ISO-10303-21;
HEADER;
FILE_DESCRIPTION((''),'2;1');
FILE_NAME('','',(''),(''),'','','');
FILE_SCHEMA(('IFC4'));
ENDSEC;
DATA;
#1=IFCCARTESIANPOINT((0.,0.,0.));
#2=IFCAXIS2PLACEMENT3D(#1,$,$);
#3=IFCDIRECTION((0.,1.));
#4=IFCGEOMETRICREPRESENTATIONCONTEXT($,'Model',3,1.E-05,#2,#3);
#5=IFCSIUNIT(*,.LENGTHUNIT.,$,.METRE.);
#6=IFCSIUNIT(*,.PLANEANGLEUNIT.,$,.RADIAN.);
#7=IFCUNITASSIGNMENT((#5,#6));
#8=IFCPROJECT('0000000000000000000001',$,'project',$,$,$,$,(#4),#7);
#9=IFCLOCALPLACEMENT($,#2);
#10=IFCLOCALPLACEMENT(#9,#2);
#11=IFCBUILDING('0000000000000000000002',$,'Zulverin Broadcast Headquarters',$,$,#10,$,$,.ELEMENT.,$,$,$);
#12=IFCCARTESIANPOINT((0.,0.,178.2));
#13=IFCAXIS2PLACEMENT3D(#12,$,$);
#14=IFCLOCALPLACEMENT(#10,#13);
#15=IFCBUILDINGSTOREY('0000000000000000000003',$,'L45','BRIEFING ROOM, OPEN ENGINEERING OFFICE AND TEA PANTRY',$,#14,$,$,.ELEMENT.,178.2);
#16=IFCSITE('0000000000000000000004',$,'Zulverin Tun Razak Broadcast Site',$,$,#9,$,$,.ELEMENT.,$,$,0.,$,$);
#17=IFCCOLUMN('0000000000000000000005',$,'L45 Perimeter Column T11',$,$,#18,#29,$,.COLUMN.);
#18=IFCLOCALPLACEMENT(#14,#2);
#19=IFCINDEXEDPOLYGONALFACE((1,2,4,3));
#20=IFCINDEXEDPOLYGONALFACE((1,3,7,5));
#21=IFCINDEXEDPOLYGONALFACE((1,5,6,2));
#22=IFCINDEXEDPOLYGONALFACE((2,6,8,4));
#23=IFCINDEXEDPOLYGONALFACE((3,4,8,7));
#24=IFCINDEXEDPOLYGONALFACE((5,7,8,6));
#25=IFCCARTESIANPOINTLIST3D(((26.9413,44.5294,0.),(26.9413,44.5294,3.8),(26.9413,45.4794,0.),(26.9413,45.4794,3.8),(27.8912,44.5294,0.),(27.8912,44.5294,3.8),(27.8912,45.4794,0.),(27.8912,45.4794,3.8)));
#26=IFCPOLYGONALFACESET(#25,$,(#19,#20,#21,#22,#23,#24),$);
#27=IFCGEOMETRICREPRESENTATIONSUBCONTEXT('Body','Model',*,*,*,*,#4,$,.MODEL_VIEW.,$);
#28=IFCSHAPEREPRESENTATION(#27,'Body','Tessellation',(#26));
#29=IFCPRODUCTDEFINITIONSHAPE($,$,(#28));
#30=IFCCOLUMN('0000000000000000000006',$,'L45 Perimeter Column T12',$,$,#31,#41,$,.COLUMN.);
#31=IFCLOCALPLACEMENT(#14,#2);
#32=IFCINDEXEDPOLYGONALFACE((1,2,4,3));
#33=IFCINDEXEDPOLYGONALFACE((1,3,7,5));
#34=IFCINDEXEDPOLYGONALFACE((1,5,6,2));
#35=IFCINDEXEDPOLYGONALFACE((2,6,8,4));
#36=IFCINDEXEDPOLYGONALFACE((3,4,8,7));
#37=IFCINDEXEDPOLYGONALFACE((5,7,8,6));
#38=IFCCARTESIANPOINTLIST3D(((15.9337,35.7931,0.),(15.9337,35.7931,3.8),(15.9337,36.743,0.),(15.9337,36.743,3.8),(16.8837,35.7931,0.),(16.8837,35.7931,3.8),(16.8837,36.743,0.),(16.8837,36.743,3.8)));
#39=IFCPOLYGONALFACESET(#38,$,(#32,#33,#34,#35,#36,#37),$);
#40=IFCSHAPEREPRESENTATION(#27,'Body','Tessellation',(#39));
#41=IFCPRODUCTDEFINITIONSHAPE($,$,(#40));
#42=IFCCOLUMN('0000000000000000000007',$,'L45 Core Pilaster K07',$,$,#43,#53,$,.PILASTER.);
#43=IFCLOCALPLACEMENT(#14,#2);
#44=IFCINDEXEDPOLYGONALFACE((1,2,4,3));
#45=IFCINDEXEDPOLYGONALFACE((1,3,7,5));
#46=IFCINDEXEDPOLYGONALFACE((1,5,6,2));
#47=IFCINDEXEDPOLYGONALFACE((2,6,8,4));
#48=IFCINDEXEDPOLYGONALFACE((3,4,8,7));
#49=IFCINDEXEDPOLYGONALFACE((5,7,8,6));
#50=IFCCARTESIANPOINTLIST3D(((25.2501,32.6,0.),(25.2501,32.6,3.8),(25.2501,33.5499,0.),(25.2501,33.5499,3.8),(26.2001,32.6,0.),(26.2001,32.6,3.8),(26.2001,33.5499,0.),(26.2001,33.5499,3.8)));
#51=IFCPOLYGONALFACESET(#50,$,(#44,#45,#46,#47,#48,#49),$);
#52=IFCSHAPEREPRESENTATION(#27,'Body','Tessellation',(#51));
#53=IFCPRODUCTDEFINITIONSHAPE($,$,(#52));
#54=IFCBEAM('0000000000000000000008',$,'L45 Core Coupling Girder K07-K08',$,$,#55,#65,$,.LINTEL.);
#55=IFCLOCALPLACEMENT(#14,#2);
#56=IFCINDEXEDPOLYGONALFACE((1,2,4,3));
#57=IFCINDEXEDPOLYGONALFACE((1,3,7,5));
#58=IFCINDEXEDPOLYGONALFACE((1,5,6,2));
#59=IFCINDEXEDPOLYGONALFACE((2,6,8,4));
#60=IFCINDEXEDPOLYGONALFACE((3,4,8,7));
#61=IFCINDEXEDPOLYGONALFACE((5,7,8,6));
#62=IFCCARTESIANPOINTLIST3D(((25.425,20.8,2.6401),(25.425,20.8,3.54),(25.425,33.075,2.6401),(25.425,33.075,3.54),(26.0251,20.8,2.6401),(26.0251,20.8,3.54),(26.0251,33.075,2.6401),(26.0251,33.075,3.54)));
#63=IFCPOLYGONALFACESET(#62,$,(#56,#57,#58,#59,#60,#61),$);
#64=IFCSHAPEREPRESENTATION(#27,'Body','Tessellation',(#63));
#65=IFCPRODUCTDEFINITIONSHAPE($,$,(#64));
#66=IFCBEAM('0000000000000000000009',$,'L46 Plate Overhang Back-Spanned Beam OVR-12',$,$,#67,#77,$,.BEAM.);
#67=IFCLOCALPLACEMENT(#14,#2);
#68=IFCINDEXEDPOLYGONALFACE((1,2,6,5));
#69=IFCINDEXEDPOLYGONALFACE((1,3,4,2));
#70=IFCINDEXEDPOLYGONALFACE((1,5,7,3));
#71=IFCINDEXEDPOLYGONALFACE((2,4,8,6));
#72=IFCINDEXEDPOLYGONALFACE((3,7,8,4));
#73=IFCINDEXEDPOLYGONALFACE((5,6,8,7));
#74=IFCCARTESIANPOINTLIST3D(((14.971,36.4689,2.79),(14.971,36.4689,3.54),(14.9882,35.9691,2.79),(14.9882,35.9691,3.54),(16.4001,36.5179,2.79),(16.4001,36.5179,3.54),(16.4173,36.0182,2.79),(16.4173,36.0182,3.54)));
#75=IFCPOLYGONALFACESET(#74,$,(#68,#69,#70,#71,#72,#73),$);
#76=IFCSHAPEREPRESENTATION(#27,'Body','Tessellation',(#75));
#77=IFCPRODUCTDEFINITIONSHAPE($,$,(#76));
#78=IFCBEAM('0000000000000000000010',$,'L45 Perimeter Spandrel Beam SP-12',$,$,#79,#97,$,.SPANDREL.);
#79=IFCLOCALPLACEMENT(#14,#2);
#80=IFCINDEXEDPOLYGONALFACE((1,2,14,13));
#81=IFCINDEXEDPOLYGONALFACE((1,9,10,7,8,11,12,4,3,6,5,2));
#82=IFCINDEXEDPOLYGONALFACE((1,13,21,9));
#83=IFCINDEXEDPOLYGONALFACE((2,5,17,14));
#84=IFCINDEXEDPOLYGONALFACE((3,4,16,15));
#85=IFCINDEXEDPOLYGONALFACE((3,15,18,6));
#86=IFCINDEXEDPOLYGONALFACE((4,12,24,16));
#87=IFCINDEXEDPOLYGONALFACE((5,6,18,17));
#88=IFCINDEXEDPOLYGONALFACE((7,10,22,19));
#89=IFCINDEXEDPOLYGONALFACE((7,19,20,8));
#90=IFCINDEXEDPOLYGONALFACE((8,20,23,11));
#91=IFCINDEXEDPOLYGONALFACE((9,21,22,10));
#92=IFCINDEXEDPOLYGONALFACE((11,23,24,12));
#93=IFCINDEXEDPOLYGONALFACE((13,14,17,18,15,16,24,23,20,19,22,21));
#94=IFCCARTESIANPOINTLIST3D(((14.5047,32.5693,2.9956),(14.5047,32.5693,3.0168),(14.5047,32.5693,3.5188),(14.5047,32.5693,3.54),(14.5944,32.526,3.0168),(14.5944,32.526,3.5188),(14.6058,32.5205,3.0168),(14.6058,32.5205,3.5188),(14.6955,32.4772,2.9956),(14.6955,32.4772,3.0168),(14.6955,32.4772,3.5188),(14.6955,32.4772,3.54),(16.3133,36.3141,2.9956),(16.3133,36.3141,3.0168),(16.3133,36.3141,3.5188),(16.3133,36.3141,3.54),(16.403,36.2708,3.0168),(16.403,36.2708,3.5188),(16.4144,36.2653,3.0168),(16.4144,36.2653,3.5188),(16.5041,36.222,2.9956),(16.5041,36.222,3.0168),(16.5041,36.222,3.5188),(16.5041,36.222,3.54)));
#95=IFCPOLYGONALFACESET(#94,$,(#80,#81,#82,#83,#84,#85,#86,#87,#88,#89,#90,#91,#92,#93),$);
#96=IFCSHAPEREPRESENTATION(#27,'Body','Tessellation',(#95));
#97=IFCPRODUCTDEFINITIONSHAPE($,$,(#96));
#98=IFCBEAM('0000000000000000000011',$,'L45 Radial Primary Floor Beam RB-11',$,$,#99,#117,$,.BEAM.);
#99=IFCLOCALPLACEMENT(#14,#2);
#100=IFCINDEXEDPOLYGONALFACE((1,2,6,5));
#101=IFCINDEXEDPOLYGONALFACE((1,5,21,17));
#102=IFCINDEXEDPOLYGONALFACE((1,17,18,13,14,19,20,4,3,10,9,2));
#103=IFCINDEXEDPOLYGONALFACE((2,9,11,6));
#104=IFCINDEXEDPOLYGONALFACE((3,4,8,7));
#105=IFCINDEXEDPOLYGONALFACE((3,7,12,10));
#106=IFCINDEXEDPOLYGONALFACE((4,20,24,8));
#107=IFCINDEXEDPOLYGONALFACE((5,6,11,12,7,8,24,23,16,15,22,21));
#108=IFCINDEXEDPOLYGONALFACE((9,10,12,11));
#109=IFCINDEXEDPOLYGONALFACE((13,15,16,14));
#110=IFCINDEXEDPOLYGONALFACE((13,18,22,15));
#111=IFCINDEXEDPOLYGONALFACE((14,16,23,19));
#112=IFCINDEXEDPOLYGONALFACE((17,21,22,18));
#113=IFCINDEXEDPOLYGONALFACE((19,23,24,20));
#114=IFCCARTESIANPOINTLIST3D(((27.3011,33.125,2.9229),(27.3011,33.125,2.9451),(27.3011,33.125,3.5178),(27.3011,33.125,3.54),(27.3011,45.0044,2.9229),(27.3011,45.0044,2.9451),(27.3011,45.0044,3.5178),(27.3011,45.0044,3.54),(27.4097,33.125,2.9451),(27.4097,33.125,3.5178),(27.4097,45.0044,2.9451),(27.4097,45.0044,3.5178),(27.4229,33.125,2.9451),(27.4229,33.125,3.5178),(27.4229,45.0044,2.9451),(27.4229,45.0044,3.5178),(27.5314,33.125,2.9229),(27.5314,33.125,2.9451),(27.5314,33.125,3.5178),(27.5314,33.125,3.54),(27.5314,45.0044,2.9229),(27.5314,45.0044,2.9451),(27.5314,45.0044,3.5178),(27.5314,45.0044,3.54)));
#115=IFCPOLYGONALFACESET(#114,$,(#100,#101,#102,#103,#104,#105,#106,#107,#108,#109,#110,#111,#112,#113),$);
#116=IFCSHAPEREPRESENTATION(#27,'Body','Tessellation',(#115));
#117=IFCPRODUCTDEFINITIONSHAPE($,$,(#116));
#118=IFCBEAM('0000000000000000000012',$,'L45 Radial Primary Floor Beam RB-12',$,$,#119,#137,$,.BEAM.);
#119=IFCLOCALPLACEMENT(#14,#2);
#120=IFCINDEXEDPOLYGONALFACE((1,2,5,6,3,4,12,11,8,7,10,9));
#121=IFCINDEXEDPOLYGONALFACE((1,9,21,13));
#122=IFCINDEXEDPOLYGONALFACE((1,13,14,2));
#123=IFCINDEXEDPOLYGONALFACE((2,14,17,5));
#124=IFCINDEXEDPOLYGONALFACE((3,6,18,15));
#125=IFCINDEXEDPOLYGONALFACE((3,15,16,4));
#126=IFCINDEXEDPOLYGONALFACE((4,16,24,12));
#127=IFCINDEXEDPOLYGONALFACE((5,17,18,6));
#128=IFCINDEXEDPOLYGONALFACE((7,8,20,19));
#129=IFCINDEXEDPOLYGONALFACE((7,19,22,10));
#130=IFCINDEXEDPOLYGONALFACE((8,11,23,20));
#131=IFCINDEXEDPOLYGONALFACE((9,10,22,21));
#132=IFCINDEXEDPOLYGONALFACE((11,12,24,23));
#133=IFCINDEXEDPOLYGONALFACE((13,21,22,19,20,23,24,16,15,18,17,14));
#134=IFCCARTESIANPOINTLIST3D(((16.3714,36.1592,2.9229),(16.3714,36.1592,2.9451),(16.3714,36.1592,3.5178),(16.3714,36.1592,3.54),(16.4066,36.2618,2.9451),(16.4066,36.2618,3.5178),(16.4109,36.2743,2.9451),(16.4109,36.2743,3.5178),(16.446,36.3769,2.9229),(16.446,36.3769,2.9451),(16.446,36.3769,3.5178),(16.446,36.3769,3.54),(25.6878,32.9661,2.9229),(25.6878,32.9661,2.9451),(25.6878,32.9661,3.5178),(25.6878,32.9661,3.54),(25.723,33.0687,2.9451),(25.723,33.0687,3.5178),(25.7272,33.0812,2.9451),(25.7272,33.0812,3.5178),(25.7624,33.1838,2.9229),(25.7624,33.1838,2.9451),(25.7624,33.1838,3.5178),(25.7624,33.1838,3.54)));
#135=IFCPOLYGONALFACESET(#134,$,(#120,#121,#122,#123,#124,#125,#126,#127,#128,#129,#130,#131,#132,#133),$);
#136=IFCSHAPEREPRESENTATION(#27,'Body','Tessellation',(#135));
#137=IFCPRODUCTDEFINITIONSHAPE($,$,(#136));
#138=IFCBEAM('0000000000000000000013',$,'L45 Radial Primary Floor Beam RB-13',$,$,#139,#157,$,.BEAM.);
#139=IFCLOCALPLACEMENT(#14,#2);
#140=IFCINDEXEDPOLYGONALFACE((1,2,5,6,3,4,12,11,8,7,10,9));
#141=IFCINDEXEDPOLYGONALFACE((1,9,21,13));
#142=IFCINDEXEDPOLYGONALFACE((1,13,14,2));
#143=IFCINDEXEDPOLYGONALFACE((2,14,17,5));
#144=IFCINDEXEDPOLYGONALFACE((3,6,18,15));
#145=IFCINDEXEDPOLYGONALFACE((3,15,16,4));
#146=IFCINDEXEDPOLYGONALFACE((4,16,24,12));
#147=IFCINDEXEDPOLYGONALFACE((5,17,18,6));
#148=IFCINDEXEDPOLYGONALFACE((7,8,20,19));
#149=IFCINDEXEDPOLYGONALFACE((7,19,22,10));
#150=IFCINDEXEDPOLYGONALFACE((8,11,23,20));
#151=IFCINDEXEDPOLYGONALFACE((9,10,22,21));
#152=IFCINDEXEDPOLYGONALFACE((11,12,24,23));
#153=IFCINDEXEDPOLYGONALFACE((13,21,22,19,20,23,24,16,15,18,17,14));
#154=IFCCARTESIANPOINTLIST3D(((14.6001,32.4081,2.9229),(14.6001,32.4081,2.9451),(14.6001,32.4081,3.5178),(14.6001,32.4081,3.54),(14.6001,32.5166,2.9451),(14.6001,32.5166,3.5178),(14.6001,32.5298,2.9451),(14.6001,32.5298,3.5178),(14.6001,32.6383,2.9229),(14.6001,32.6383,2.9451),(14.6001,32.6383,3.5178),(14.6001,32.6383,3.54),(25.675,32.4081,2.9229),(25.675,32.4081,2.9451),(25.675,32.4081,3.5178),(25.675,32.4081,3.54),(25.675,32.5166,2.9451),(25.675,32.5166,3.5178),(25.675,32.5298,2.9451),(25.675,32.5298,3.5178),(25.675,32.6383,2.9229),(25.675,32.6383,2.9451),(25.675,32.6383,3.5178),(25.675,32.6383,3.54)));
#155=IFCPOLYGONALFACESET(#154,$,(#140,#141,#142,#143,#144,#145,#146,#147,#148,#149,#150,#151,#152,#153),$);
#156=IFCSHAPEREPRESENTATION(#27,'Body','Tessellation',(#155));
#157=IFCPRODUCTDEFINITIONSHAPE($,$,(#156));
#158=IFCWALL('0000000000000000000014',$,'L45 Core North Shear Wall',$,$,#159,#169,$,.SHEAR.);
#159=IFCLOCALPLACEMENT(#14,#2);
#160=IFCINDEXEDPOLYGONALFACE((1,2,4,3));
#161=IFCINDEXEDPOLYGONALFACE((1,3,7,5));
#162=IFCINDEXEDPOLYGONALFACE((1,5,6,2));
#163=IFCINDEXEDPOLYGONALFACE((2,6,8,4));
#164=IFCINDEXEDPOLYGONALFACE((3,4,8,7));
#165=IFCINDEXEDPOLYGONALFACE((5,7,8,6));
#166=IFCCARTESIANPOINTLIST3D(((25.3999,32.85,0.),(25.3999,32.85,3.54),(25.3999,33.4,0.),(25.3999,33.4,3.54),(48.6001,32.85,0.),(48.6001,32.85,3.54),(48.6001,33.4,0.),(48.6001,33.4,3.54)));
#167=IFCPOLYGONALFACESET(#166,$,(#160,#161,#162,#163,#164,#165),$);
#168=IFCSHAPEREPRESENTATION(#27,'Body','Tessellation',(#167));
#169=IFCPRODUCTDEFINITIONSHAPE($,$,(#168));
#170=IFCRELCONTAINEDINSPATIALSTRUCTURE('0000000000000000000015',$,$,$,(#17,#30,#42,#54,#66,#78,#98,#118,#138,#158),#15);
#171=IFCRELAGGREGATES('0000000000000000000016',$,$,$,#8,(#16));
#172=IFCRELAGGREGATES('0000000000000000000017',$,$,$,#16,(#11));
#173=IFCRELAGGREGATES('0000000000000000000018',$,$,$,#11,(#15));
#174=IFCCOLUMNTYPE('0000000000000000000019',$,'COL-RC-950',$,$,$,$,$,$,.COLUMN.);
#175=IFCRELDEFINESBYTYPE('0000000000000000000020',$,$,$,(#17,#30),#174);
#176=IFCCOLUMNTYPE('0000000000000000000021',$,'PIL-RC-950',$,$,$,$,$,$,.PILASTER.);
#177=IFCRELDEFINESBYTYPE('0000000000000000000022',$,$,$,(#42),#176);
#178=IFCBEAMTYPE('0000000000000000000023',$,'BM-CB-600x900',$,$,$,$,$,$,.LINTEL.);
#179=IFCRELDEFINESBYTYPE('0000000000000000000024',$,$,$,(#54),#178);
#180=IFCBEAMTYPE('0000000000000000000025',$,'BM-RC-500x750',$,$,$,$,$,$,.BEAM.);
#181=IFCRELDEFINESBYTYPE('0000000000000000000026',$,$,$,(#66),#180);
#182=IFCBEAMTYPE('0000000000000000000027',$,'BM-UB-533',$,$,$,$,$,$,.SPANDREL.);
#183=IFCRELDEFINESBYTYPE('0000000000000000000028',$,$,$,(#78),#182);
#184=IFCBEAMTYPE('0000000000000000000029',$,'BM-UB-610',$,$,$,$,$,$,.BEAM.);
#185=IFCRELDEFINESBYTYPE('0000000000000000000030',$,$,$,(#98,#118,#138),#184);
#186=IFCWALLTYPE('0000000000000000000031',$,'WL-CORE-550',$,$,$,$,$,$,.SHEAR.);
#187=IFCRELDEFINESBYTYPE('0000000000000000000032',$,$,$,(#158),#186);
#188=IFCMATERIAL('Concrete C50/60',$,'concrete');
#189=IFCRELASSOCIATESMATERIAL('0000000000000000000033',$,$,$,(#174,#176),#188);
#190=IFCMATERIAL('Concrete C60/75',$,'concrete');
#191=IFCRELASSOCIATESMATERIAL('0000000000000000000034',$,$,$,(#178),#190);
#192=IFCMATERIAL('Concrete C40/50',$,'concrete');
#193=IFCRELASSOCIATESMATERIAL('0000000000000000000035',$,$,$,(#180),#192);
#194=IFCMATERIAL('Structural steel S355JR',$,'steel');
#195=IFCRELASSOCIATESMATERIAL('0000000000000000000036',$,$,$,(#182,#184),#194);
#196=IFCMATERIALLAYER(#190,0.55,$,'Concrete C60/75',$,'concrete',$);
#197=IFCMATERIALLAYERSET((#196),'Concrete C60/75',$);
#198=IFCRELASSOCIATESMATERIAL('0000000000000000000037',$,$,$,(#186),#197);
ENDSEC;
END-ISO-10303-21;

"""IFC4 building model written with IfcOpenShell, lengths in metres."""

from ifc_helpers import new_model, si_unit, direction, frame, frame_2d, origin, origin_2d, place, context, subcontext, project, spatial, rectangle, i_section, extrude, material, layer, layer_set, material_profile, profile_set, type_object, element, save


model = new_model("IFC4")

# Units and contexts
model_context = context("Model", 3, precision=1e-05, world=origin(), true_north=direction((0.0, 1.0)))
body_context = subcontext(model_context, "Body", "Model", "MODEL_VIEW")
ifc_project = project(units=[si_unit("LENGTHUNIT", "METRE"), si_unit("PLANEANGLEUNIT", "RADIAN")], contexts=[model_context])

# Site, building, storey
site_placement = place(None, origin())
site = spatial("IfcSite", under=ifc_project, at=site_placement, Name="Zulverin Tun Razak Broadcast Site", CompositionType="ELEMENT", RefElevation=0.0)
building_placement = place(site_placement, origin())
building = spatial("IfcBuilding", under=site, at=building_placement, Name="Zulverin Broadcast Headquarters", CompositionType="ELEMENT")
storey_placement = place(building_placement, frame((0.0, 0.0, 178.2)))
storey = spatial("IfcBuildingStorey", under=building, at=storey_placement, Name="L45", Description="BRIEFING ROOM, OPEN ENGINEERING OFFICE AND TEA PANTRY", CompositionType="ELEMENT", Elevation=178.2)

# Columns
ifc_material_1 = material(Name="Concrete C50/60", Category="concrete")
ifc_material_profile_1 = material_profile(ifc_material_1, rectangle(XDim=0.95, YDim=0.95, at=origin_2d()), Name="Concrete C50/60", Category="concrete")
ifc_profile_set_1 = profile_set([ifc_material_profile_1], Name="Concrete C50/60")
column_type_1 = type_object("IfcColumnType", Name="COL-RC-950", PredefinedType="COLUMN", material=ifc_profile_set_1)
for number, where, z_axis, x_axis, name in (
    (1, (27.4163, 45.0044, 0.0), (0.0, 0.0, 1.0), (1.0, 0.0, 0.0), "L45 Perimeter Column T11"),
    (2, (16.4087, 36.2681, 0.0), (0.0, 0.0, 1.0), (1.0, 0.0, 0.0), "L45 Perimeter Column T12"),
):
    element("IfcColumn", number, at=place(storey_placement, frame(where, z_axis=z_axis, x_axis=x_axis)), inside=storey, type_object=column_type_1, Name=name, PredefinedType="COLUMN", context=body_context, shape_type="SweptSolid", body=[
        extrude(rectangle(XDim=0.95, YDim=0.95, at=origin_2d()), origin(), (0.0, 0.0, 1.0), 3.8),
    ])
ifc_material_profile_2 = material_profile(ifc_material_1, rectangle(XDim=0.95, YDim=0.95, at=origin_2d()), Name="Concrete C50/60", Category="concrete")
ifc_profile_set_2 = profile_set([ifc_material_profile_2], Name="Concrete C50/60")
column_type_2 = type_object("IfcColumnType", Name="PIL-RC-950", PredefinedType="PILASTER", material=ifc_profile_set_2)
column_placement = place(storey_placement, frame((25.7251, 33.075, 0.0), z_axis=(0.0, 0.0, 1.0), x_axis=(1.0, 0.0, 0.0)))
element("IfcColumn", 3, at=column_placement, inside=storey, type_object=column_type_2, Name="L45 Core Pilaster K07", PredefinedType="PILASTER", context=body_context, shape_type="SweptSolid", body=[
    extrude(rectangle(XDim=0.95, YDim=0.95, at=origin_2d()), origin(), (0.0, 0.0, 1.0), 3.8),
])

# Beams
ifc_material_2 = material(Name="Concrete C60/75", Category="concrete")
ifc_material_profile_3 = material_profile(ifc_material_2, rectangle(XDim=0.6001, YDim=0.8999, at=origin_2d()), Name="Concrete C60/75", Category="concrete")
ifc_profile_set_3 = profile_set([ifc_material_profile_3], Name="Concrete C60/75")
beam_type_1 = type_object("IfcBeamType", Name="BM-CB-600x900", PredefinedType="LINTEL", material=ifc_profile_set_3)
beam_1_placement = place(storey_placement, frame((25.7251, 33.075, 3.0901), z_axis=(0.0, -1.0, 0.0), x_axis=(1.0, 0.0, 0.0)))
element("IfcBeam", 4, at=beam_1_placement, inside=storey, type_object=beam_type_1, Name="L45 Core Coupling Girder K07-K08", PredefinedType="LINTEL", context=body_context, shape_type="SweptSolid", body=[
    extrude(rectangle(XDim=0.6001, YDim=0.8999, at=origin_2d()), origin(), (0.0, 0.0, 1.0), 12.2749),
])
ifc_material_3 = material(Name="Concrete C40/50", Category="concrete")
ifc_material_profile_4 = material_profile(ifc_material_3, rectangle(XDim=0.5, YDim=0.75, at=origin_2d()), Name="Concrete C40/50", Category="concrete")
ifc_profile_set_4 = profile_set([ifc_material_profile_4], Name="Concrete C40/50")
beam_type_2 = type_object("IfcBeamType", Name="BM-RC-500x750", PredefinedType="BEAM", material=ifc_profile_set_4)
beam_2_placement = place(storey_placement, frame((16.4087, 36.2681, 3.165), z_axis=(-0.999411, -0.034315, 0.0), x_axis=(0.034315, -0.999411, 0.0)))
element("IfcBeam", 5, at=beam_2_placement, inside=storey, type_object=beam_type_2, Name="L46 Plate Overhang Back-Spanned Beam OVR-12", PredefinedType="BEAM", context=body_context, shape_type="SweptSolid", body=[
    extrude(rectangle(XDim=0.5, YDim=0.75, at=origin_2d()), origin(), (0.0, 0.0, 1.0), 1.4299),
])
ifc_material_4 = material(Name="Structural steel S355JR", Category="steel")
ifc_material_profile_5 = material_profile(ifc_material_4, i_section(OverallWidth=0.2119, OverallDepth=0.5444, WebThickness=0.0127, FlangeThickness=0.0212, at=origin_2d()), Name="Structural steel S355JR", Category="steel")
ifc_profile_set_5 = profile_set([ifc_material_profile_5], Name="Structural steel S355JR")
beam_type_3 = type_object("IfcBeamType", Name="BM-UB-533", PredefinedType="SPANDREL", material=ifc_profile_set_5)
beam_3_placement = place(storey_placement, frame((16.4087, 36.2681, 3.2678), z_axis=(-0.43489, -0.900483, 0.0), x_axis=(0.900483, -0.43489, 0.0)))
element("IfcBeam", 6, at=beam_3_placement, inside=storey, type_object=beam_type_3, Name="L45 Perimeter Spandrel Beam SP-12", PredefinedType="SPANDREL", context=body_context, shape_type="SweptSolid", body=[
    extrude(i_section(OverallWidth=0.2119, OverallDepth=0.5444, WebThickness=0.0127, FlangeThickness=0.0212, at=origin_2d()), origin(), (0.0, 0.0, 1.0), 4.1587),
])
ifc_material_profile_6 = material_profile(ifc_material_4, i_section(OverallWidth=0.2302, OverallDepth=0.6172, WebThickness=0.0132, FlangeThickness=0.0222, at=origin_2d()), Name="Structural steel S355JR", Category="steel")
ifc_profile_set_6 = profile_set([ifc_material_profile_6], Name="Structural steel S355JR")
beam_type_4 = type_object("IfcBeamType", Name="BM-UB-610", PredefinedType="BEAM", material=ifc_profile_set_6)
beam_4_placement = place(storey_placement, frame((27.4163, 33.125, 3.2314), z_axis=(0.0, 1.0, 0.0), x_axis=(-1.0, 0.0, 0.0)))
element("IfcBeam", 7, at=beam_4_placement, inside=storey, type_object=beam_type_4, Name="L45 Radial Primary Floor Beam RB-11", PredefinedType="BEAM", context=body_context, shape_type="SweptSolid", body=[
    extrude(i_section(OverallWidth=0.2302, OverallDepth=0.6172, WebThickness=0.0132, FlangeThickness=0.0222, at=origin_2d()), origin(), (0.0, 0.0, 1.0), 11.8794),
])
beam_5_placement = place(storey_placement, frame((25.7251, 33.075, 3.2314), z_axis=(-0.94598, 0.324226, 0.0), x_axis=(-0.324226, -0.94598, 0.0)))
element("IfcBeam", 8, at=beam_5_placement, inside=storey, type_object=beam_type_4, Name="L45 Radial Primary Floor Beam RB-12", PredefinedType="BEAM", context=body_context, shape_type="SweptSolid", body=[
    extrude(i_section(OverallWidth=0.2302, OverallDepth=0.6172, WebThickness=0.0132, FlangeThickness=0.0222, at=origin_2d()), origin(), (0.0, 0.0, 1.0), 9.8484),
])
beam_6_placement = place(storey_placement, frame((25.675, 32.5232, 3.2314), z_axis=(-1.0, 0.0, 0.0), x_axis=(0.0, -1.0, 0.0)))
element("IfcBeam", 9, at=beam_6_placement, inside=storey, type_object=beam_type_4, Name="L45 Radial Primary Floor Beam RB-13", PredefinedType="BEAM", context=body_context, shape_type="SweptSolid", body=[
    extrude(i_section(OverallWidth=0.2302, OverallDepth=0.6172, WebThickness=0.0132, FlangeThickness=0.0222, at=origin_2d()), origin(), (0.0, 0.0, 1.0), 11.075),
])

# Wall
ifc_layer_1 = layer(ifc_material_2, 0.55, Name="Concrete C60/75", Category="concrete")
ifc_layer_set_1 = layer_set([ifc_layer_1], Name="Concrete C60/75")
wall_type_1 = type_object("IfcWallType", Name="WL-CORE-550", PredefinedType="SHEAR", material=ifc_layer_set_1)
wall_1_placement = place(storey_placement, frame((25.3999, 33.125, 0.0), z_axis=(0.0, 0.0, 1.0), x_axis=(1.0, 0.0, 0.0)))
element("IfcWall", 10, at=wall_1_placement, inside=storey, type_object=wall_type_1, Name="L45 Core North Shear Wall", PredefinedType="SHEAR", context=body_context, shape_type="SweptSolid", body=[
    extrude(rectangle(XDim=23.2002, YDim=0.55, at=frame_2d((11.6001, 0.0))), origin(), (0.0, 0.0, 1.0), 3.54),
])

save(model, "model.ifc")
